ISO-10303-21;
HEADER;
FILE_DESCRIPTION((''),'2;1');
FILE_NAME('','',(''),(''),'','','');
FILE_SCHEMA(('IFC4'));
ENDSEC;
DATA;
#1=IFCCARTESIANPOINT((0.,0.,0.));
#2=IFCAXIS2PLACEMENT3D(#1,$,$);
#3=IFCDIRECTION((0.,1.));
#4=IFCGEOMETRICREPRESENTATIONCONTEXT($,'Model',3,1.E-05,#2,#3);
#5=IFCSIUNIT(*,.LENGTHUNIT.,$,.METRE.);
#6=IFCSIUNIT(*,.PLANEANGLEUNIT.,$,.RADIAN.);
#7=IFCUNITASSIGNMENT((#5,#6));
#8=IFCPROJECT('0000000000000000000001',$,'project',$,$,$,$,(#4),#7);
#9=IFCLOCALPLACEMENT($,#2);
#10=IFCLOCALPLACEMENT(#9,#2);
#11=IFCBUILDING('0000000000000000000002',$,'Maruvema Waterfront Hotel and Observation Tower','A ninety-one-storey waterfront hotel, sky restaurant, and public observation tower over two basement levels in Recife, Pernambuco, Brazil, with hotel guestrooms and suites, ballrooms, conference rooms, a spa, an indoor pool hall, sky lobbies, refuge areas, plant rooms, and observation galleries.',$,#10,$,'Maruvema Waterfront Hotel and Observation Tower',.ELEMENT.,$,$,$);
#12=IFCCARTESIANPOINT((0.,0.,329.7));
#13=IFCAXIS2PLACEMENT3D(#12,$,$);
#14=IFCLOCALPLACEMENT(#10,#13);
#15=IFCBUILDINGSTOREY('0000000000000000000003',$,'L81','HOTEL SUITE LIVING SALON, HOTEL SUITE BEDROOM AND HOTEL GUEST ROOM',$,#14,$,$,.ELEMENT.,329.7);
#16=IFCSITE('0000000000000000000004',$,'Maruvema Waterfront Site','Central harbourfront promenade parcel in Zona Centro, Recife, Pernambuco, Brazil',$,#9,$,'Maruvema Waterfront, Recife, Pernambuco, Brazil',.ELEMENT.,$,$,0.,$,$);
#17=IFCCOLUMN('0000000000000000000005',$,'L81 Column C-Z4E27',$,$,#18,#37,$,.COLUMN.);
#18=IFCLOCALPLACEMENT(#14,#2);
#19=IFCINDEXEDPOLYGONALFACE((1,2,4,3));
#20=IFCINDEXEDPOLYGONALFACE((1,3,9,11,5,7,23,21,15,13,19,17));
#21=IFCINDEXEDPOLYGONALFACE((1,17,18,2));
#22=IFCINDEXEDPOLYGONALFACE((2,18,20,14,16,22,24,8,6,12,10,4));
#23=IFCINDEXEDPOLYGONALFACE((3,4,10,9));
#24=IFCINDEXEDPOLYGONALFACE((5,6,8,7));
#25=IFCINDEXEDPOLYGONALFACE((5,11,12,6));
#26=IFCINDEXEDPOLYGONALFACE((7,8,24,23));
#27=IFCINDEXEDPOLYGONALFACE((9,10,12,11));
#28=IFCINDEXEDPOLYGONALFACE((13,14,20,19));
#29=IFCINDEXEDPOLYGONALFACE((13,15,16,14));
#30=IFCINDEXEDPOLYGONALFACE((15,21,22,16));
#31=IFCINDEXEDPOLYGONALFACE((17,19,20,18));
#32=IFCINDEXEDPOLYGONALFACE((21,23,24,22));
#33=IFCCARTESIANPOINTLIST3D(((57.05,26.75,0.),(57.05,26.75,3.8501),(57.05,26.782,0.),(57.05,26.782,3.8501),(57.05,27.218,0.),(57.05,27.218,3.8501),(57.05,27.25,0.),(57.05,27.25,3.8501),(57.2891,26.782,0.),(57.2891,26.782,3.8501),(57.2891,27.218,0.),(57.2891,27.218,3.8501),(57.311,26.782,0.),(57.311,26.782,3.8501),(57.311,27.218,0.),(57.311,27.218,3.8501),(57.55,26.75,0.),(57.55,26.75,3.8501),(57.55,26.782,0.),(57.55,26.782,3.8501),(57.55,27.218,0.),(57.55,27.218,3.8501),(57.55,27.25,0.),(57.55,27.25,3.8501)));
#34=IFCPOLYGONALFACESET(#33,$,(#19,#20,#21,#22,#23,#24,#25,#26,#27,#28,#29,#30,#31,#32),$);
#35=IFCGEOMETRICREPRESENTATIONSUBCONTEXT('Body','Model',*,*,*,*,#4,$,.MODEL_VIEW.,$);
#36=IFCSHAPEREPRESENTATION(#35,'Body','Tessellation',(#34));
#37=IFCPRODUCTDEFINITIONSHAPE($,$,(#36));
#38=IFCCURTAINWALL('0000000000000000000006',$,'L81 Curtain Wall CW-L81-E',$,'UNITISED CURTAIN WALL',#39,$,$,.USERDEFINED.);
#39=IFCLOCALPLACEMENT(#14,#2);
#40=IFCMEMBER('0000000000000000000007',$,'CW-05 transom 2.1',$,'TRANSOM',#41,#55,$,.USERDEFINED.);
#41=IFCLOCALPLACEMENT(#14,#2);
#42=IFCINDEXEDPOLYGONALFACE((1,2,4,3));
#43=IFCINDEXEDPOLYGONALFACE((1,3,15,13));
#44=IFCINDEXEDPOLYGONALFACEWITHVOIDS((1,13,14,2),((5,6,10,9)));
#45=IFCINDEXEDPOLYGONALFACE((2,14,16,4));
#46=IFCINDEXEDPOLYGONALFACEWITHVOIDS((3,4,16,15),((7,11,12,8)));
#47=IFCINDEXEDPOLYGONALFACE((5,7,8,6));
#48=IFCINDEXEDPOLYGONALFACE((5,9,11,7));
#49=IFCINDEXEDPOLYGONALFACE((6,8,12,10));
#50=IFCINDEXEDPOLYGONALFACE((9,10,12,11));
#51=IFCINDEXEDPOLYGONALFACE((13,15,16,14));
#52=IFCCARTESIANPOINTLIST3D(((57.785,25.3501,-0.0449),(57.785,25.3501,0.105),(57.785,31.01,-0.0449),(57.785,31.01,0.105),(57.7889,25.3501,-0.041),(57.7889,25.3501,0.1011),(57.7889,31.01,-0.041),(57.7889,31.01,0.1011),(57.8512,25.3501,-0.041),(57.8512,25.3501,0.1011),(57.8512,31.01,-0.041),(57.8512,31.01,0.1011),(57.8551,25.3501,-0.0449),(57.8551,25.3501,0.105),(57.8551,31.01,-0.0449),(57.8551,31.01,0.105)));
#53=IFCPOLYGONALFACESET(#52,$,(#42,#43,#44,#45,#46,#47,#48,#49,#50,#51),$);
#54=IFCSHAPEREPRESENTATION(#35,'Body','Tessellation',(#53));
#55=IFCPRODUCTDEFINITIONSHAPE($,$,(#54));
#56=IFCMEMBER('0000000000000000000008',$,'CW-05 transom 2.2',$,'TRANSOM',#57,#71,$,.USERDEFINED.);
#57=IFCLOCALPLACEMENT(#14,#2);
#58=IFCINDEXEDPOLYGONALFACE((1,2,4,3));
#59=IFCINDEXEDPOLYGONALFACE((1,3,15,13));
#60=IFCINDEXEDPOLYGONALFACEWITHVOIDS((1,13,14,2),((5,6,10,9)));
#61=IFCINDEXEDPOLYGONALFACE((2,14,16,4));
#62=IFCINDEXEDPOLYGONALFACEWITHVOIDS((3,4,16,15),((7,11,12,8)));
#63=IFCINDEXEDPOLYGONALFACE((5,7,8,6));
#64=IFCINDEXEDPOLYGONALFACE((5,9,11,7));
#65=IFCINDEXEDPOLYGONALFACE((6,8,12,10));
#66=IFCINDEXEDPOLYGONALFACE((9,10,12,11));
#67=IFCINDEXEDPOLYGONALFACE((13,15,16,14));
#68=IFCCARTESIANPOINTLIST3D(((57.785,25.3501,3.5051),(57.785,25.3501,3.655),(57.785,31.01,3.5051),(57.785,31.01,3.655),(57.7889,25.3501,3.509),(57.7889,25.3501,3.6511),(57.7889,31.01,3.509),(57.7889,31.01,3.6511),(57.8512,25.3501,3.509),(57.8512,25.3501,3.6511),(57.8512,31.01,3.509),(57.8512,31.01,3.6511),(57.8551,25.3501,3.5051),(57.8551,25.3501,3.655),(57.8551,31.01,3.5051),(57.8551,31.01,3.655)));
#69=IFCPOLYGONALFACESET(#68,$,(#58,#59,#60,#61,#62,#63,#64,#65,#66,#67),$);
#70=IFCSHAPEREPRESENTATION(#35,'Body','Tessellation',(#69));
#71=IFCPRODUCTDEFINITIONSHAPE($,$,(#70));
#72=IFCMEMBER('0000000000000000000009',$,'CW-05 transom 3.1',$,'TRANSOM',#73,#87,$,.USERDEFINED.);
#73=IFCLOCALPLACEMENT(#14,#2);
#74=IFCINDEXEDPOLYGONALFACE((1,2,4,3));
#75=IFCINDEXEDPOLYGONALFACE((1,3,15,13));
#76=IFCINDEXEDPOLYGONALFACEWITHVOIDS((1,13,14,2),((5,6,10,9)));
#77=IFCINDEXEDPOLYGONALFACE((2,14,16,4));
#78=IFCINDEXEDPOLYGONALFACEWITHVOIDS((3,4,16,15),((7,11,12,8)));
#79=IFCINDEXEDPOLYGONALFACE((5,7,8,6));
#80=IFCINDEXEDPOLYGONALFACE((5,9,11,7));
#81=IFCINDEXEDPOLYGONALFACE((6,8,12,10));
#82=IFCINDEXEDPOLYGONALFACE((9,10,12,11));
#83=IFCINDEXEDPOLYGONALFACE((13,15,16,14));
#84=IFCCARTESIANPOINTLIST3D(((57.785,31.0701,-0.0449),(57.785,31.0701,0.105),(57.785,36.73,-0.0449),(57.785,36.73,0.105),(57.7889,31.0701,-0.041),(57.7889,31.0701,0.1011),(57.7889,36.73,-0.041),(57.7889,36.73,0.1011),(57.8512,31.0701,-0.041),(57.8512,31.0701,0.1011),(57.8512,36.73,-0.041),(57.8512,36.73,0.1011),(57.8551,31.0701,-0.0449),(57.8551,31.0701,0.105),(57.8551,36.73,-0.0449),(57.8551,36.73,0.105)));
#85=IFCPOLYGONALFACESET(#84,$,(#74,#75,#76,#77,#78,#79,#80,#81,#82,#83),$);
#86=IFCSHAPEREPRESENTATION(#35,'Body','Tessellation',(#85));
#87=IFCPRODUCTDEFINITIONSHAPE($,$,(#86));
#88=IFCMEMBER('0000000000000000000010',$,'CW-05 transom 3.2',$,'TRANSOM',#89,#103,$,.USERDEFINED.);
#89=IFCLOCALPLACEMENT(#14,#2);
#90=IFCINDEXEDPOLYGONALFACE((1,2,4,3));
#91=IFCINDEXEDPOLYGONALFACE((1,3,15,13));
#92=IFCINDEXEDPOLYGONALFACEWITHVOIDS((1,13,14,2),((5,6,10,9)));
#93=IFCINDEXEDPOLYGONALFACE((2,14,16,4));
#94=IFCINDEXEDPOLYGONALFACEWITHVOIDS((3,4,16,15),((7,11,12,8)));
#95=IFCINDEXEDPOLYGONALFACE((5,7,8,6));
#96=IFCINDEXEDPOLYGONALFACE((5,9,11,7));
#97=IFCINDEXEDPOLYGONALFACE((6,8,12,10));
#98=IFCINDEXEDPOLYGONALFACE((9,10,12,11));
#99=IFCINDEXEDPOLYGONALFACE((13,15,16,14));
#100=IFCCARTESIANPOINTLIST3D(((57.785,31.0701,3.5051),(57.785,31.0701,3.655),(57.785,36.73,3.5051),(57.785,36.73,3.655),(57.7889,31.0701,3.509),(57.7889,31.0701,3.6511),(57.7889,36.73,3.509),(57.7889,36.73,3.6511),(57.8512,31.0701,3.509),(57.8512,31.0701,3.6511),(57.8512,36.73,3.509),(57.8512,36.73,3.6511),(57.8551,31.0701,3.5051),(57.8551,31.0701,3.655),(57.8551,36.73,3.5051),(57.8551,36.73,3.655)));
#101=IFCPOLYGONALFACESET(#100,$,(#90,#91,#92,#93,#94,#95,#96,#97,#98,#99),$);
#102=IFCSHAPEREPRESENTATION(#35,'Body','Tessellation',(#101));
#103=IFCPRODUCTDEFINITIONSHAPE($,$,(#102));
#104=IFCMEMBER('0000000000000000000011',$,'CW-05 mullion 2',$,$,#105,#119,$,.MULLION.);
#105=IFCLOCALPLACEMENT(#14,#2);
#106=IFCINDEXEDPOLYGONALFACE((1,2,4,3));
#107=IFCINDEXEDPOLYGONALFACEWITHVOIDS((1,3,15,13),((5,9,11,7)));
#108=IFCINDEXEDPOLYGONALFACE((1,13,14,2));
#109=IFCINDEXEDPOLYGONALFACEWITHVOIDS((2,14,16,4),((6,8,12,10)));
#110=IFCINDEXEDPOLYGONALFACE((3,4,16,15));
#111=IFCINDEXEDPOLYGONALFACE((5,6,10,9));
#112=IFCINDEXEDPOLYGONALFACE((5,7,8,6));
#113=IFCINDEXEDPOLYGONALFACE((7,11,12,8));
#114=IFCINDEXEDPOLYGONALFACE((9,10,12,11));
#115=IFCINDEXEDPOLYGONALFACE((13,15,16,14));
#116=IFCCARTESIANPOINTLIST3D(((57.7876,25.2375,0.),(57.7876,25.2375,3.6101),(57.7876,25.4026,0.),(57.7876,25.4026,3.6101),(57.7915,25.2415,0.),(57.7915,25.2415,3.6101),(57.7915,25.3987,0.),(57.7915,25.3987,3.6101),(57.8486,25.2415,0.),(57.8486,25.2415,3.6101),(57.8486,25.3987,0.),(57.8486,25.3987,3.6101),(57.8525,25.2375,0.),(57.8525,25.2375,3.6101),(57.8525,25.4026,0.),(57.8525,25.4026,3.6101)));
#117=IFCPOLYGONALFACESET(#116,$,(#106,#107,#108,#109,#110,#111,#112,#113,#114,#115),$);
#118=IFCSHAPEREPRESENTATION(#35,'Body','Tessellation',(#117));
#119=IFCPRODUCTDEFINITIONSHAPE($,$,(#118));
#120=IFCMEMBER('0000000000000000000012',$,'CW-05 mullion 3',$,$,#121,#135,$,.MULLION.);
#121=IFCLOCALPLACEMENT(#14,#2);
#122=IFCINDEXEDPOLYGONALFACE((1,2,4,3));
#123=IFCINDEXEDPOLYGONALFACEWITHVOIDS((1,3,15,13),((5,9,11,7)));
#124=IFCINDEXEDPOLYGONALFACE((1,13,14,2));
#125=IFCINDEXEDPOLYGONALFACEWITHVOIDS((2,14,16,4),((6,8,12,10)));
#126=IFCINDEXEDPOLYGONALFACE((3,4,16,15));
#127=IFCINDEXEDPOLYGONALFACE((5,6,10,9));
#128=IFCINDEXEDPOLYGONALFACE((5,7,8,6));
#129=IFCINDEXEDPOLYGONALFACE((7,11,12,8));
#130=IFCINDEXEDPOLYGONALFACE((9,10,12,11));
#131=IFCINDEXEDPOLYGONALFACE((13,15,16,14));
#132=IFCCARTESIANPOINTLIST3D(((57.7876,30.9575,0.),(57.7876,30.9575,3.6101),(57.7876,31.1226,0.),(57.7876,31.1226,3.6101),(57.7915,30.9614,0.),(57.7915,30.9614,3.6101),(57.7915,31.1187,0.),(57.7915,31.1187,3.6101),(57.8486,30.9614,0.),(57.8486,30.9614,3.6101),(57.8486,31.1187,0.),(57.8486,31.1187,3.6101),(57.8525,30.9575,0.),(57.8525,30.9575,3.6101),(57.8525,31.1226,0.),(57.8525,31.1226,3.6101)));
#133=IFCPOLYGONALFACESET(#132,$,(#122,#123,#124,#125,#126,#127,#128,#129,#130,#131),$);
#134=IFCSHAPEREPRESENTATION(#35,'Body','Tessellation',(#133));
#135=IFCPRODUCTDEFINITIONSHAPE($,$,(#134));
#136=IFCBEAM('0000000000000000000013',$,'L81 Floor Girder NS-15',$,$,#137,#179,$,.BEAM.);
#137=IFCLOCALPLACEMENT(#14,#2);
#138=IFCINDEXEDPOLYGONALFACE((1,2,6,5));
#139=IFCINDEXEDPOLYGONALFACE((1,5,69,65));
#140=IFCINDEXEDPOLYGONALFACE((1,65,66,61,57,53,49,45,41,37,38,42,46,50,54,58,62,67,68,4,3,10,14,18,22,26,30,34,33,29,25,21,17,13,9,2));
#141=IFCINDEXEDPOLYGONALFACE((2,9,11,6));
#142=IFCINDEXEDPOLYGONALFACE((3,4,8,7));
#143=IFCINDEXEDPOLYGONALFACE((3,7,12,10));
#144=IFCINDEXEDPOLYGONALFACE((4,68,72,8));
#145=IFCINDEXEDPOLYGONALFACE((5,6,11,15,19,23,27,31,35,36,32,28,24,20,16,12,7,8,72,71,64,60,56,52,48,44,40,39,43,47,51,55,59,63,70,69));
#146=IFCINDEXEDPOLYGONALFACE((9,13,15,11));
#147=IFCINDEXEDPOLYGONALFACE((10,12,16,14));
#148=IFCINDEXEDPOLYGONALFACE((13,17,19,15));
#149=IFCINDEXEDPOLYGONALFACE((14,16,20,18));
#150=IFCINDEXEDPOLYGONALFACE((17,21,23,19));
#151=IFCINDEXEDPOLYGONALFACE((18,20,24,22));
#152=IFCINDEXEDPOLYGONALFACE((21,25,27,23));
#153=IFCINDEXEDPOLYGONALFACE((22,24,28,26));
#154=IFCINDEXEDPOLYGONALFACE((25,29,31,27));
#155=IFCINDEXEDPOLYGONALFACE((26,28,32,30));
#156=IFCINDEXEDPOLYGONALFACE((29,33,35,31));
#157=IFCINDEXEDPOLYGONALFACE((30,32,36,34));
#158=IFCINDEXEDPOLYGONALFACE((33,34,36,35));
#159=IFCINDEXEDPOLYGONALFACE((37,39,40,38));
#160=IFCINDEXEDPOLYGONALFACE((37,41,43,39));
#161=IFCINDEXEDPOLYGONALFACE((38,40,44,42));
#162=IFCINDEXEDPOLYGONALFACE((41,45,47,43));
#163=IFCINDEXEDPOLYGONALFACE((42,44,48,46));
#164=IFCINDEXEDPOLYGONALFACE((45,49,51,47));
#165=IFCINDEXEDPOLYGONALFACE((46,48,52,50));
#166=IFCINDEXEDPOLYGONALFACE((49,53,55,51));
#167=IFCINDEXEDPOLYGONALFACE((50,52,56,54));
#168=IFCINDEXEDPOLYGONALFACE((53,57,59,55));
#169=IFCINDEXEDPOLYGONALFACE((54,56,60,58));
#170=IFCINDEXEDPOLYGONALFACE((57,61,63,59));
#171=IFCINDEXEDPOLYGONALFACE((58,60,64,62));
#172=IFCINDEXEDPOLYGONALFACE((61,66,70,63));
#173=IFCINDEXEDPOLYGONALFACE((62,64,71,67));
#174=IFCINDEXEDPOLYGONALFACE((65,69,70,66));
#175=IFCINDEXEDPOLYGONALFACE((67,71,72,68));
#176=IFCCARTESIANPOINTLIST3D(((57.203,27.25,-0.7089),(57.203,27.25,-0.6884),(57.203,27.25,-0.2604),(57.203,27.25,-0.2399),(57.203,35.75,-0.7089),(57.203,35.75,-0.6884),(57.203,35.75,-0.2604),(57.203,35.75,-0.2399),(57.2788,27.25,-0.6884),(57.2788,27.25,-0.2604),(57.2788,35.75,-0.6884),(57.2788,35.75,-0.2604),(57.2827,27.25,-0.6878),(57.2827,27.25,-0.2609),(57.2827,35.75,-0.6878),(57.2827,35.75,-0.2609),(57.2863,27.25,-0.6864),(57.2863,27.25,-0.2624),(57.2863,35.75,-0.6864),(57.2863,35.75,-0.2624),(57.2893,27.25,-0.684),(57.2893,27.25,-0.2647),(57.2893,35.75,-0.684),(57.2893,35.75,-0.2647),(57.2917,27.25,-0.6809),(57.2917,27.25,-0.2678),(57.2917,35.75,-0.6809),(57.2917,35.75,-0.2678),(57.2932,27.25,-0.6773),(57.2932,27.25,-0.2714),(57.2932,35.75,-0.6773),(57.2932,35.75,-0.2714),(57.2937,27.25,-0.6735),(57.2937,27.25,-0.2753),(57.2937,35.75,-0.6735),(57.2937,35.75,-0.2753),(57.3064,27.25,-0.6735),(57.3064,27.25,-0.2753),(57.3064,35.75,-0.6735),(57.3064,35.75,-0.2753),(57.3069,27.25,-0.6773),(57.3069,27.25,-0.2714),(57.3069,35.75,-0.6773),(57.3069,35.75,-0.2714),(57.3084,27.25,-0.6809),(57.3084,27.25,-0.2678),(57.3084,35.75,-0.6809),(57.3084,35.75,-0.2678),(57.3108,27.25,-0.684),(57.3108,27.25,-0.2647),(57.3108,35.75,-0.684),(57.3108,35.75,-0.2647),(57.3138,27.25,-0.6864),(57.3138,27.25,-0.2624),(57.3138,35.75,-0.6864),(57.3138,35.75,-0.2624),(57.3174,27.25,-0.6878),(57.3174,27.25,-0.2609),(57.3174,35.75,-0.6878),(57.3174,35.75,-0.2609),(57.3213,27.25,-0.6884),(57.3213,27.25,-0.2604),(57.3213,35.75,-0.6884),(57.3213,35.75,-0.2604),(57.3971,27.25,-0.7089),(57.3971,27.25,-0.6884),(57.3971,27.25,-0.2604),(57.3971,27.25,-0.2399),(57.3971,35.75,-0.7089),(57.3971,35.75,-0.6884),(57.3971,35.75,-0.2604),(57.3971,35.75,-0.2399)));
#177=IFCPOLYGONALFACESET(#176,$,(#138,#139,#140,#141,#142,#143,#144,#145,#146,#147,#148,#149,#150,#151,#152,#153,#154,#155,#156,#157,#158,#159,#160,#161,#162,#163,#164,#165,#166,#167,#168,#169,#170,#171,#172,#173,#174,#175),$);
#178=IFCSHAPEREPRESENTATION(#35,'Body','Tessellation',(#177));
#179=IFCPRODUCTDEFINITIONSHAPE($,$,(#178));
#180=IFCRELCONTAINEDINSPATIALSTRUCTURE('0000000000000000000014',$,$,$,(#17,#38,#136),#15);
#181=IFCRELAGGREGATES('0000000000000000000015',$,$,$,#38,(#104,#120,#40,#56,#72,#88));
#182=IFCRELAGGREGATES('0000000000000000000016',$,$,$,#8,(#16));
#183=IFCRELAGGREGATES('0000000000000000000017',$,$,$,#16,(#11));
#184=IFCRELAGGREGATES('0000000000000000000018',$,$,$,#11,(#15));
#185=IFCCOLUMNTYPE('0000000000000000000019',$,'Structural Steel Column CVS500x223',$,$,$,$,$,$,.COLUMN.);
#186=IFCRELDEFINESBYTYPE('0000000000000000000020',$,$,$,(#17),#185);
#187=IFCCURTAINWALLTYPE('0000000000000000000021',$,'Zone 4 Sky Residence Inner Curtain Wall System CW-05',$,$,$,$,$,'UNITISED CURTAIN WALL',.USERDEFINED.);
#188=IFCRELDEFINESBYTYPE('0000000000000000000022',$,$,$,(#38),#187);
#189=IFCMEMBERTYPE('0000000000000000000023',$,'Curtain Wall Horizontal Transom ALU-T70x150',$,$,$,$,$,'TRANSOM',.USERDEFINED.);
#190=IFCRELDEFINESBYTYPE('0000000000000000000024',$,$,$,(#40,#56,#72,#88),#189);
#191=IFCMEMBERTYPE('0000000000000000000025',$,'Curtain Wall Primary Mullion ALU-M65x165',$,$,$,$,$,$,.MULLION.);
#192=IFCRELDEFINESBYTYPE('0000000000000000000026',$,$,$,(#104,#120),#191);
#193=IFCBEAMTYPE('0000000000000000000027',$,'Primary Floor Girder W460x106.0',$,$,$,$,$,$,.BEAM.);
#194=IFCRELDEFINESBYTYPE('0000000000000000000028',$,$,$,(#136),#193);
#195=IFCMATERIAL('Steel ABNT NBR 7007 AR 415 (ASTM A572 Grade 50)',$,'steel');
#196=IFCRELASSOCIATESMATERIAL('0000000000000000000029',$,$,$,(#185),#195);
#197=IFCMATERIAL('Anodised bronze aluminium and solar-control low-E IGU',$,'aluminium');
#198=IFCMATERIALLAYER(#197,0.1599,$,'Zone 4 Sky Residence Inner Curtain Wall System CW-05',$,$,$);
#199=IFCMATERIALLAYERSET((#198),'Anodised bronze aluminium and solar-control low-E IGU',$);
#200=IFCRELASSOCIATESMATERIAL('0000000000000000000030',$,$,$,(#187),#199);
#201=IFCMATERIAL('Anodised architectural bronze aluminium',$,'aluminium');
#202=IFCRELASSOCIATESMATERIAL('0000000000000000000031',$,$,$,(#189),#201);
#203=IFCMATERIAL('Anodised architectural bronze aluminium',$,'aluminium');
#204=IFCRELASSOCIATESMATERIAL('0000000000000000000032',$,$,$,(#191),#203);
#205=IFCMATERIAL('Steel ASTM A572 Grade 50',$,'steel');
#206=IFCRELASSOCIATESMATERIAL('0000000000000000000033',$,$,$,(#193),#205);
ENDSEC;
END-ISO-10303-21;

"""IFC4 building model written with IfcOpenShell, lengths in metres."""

from ifc_helpers import new_model, si_unit, direction, frame, origin, origin_2d, place, context, subcontext, project, spatial, hollow_rectangle, i_section, extrude, material, layer, layer_set, material_profile, profile_set, type_object, element, aggregate, save


model = new_model("IFC4")

# Units and contexts
model_context = context("Model", 3, precision=1e-05, world=origin(), true_north=direction((0.0, 1.0)))
body_context = subcontext(model_context, "Body", "Model", "MODEL_VIEW")
ifc_project = project(units=[si_unit("LENGTHUNIT", "METRE"), si_unit("PLANEANGLEUNIT", "RADIAN")], contexts=[model_context])

# Site, building, storey
site_placement = place(None, origin())
site = spatial("IfcSite", under=ifc_project, at=site_placement, Name="Maruvema Waterfront Site", Description="Central harbourfront promenade parcel in Zona Centro, Recife, Pernambuco, Brazil", LongName="Maruvema Waterfront, Recife, Pernambuco, Brazil", CompositionType="ELEMENT", RefElevation=0.0)
building_placement = place(site_placement, origin())
building = spatial("IfcBuilding", under=site, at=building_placement, Name="Maruvema Waterfront Hotel and Observation Tower", Description="A ninety-one-storey waterfront hotel, sky restaurant, and public observation tower over two basement levels in Recife, Pernambuco, Brazil, with hotel guestrooms and suites, ballrooms, conference rooms, a spa, an indoor pool hall, sky lobbies, refuge areas, plant rooms, and observation galleries.", LongName="Maruvema Waterfront Hotel and Observation Tower", CompositionType="ELEMENT")
storey_placement = place(building_placement, frame((0.0, 0.0, 329.7)))
storey = spatial("IfcBuildingStorey", under=building, at=storey_placement, Name="L81", Description="HOTEL SUITE LIVING SALON, HOTEL SUITE BEDROOM AND HOTEL GUEST ROOM", CompositionType="ELEMENT", Elevation=329.7)

# Column
ifc_material_1 = material(Name="Steel ABNT NBR 7007 AR 415 (ASTM A572 Grade 50)", Category="steel")
ifc_material_profile_1 = material_profile(ifc_material_1, i_section(OverallWidth=0.5, OverallDepth=0.5, WebThickness=0.022, FlangeThickness=0.032, at=origin_2d()), Name="CVS500x223")
ifc_profile_set_1 = profile_set([ifc_material_profile_1], Name="Steel ABNT NBR 7007 AR 415 (ASTM A572 Grade 50)")
column_type = type_object("IfcColumnType", Name="Structural Steel Column CVS500x223", PredefinedType="COLUMN", material=ifc_profile_set_1)
column_placement = place(storey_placement, frame((57.3, 27.0, 0.0), z_axis=(0.0, 0.0, 1.0), x_axis=(1.0, 0.0, 0.0)))
element("IfcColumn", 1, at=column_placement, inside=storey, type_object=column_type, Name="L81 Column C-Z4E27", PredefinedType="COLUMN", context=body_context, shape_type="SweptSolid", body=[
    extrude(i_section(OverallWidth=0.5, OverallDepth=0.5, WebThickness=0.022, FlangeThickness=0.032, at=origin_2d()), origin(), (0.0, 0.0, 1.0), 3.8501),
])

# Curtain wall, members
ifc_material_2 = material(Name="Anodised bronze aluminium and solar-control low-E IGU", Category="aluminium")
ifc_layer_1 = layer(ifc_material_2, 0.1599, Name="Zone 4 Sky Residence Inner Curtain Wall System CW-05")
ifc_layer_set_1 = layer_set([ifc_layer_1], Name="Anodised bronze aluminium and solar-control low-E IGU")
curtain_wall_type = type_object("IfcCurtainWallType", Name="Zone 4 Sky Residence Inner Curtain Wall System CW-05", ElementType="UNITISED CURTAIN WALL", PredefinedType="USERDEFINED", material=ifc_layer_set_1)
curtain_wall_placement = place(storey_placement, origin())
curtain_wall = element("IfcCurtainWall", 2, at=curtain_wall_placement, inside=storey, type_object=curtain_wall_type, Name="L81 Curtain Wall CW-L81-E", ObjectType="UNITISED CURTAIN WALL", PredefinedType="USERDEFINED")
ifc_material_3 = material(Name="Anodised architectural bronze aluminium", Category="aluminium")
ifc_material_profile_2 = material_profile(ifc_material_3, hollow_rectangle(XDim=0.0701, YDim=0.1499, WallThickness=0.0039, at=origin_2d()), Name="ALU-T70x150")
ifc_profile_set_2 = profile_set([ifc_material_profile_2], Name="Anodised architectural bronze aluminium")
member_type_1 = type_object("IfcMemberType", Name="Curtain Wall Horizontal Transom ALU-T70x150", ElementType="TRANSOM", PredefinedType="USERDEFINED", material=ifc_profile_set_2)
member_1_placement = place(storey_placement, frame((57.8201, 25.3501, 0.03), z_axis=(0.0, 1.0, 0.0), x_axis=(-1.0, 0.0, 0.0)))
member_1 = element("IfcMember", 3, at=member_1_placement, type_object=member_type_1, Name="CW-05 transom 2.1", ObjectType="TRANSOM", PredefinedType="USERDEFINED", context=body_context, shape_type="SweptSolid", body=[
    extrude(hollow_rectangle(XDim=0.0701, YDim=0.1499, WallThickness=0.0039, at=origin_2d()), origin(), (0.0, 0.0, 1.0), 5.6599),
])
member_2_placement = place(storey_placement, frame((57.8201, 25.3501, 3.5801), z_axis=(0.0, 1.0, 0.0), x_axis=(-1.0, 0.0, 0.0)))
member_2 = element("IfcMember", 4, at=member_2_placement, type_object=member_type_1, Name="CW-05 transom 2.2", ObjectType="TRANSOM", PredefinedType="USERDEFINED", context=body_context, shape_type="SweptSolid", body=[
    extrude(hollow_rectangle(XDim=0.0701, YDim=0.1499, WallThickness=0.0039, at=origin_2d()), origin(), (0.0, 0.0, 1.0), 5.6599),
])
member_3_placement = place(storey_placement, frame((57.8201, 31.0701, 0.03), z_axis=(0.0, 1.0, 0.0), x_axis=(-1.0, 0.0, 0.0)))
member_3 = element("IfcMember", 5, at=member_3_placement, type_object=member_type_1, Name="CW-05 transom 3.1", ObjectType="TRANSOM", PredefinedType="USERDEFINED", context=body_context, shape_type="SweptSolid", body=[
    extrude(hollow_rectangle(XDim=0.0701, YDim=0.1499, WallThickness=0.0039, at=origin_2d()), origin(), (0.0, 0.0, 1.0), 5.6599),
])
member_4_placement = place(storey_placement, frame((57.8201, 31.0701, 3.5801), z_axis=(0.0, 1.0, 0.0), x_axis=(-1.0, 0.0, 0.0)))
member_4 = element("IfcMember", 6, at=member_4_placement, type_object=member_type_1, Name="CW-05 transom 3.2", ObjectType="TRANSOM", PredefinedType="USERDEFINED", context=body_context, shape_type="SweptSolid", body=[
    extrude(hollow_rectangle(XDim=0.0701, YDim=0.1499, WallThickness=0.0039, at=origin_2d()), origin(), (0.0, 0.0, 1.0), 5.6599),
])
ifc_material_4 = material(Name="Anodised architectural bronze aluminium", Category="aluminium")
ifc_material_profile_3 = material_profile(ifc_material_4, hollow_rectangle(XDim=0.0649, YDim=0.165, WallThickness=0.0039, at=origin_2d()), Name="ALU-M65x165")
ifc_profile_set_3 = profile_set([ifc_material_profile_3], Name="Anodised architectural bronze aluminium")
member_type_2 = type_object("IfcMemberType", Name="Curtain Wall Primary Mullion ALU-M65x165", PredefinedType="MULLION", material=ifc_profile_set_3)
member_5_placement = place(storey_placement, frame((57.8201, 25.3201, 0.0), z_axis=(0.0, 0.0, 1.0), x_axis=(-1.0, 0.0, 0.0)))
member_5 = element("IfcMember", 7, at=member_5_placement, type_object=member_type_2, Name="CW-05 mullion 2", PredefinedType="MULLION", context=body_context, shape_type="SweptSolid", body=[
    extrude(hollow_rectangle(XDim=0.0649, YDim=0.165, WallThickness=0.0039, at=origin_2d()), origin(), (0.0, 0.0, 1.0), 3.6101),
])
member_6_placement = place(storey_placement, frame((57.8201, 31.04, 0.0), z_axis=(0.0, 0.0, 1.0), x_axis=(-1.0, 0.0, 0.0)))
member_6 = element("IfcMember", 8, at=member_6_placement, type_object=member_type_2, Name="CW-05 mullion 3", PredefinedType="MULLION", context=body_context, shape_type="SweptSolid", body=[
    extrude(hollow_rectangle(XDim=0.0649, YDim=0.165, WallThickness=0.0039, at=origin_2d()), origin(), (0.0, 0.0, 1.0), 3.6101),
])

# Beam
ifc_material_5 = material(Name="Steel ASTM A572 Grade 50", Category="steel")
ifc_material_profile_4 = material_profile(ifc_material_5, i_section(OverallWidth=0.1941, OverallDepth=0.469, WebThickness=0.0127, FlangeThickness=0.0205, FilletRadius=0.0149, at=origin_2d()), Name="W460x106.0")
ifc_profile_set_4 = profile_set([ifc_material_profile_4], Name="Steel ASTM A572 Grade 50")
beam_type_1 = type_object("IfcBeamType", Name="Primary Floor Girder W460x106.0", PredefinedType="BEAM", material=ifc_profile_set_4)
beam_1_placement = place(storey_placement, frame((57.3, 27.25, -0.4744), z_axis=(0.0, 1.0, 0.0), x_axis=(-1.0, 0.0, 0.0)))
element("IfcBeam", 9, at=beam_1_placement, inside=storey, type_object=beam_type_1, Name="L81 Floor Girder NS-15", PredefinedType="BEAM", context=body_context, shape_type="SweptSolid", body=[
    extrude(i_section(OverallWidth=0.1941, OverallDepth=0.469, WebThickness=0.0127, FlangeThickness=0.0205, FilletRadius=0.0149, at=origin_2d()), origin(), (0.0, 0.0, 1.0), 8.5),
])

aggregate(curtain_wall, [member_5, member_6, member_1, member_2, member_3, member_4])

save(model, "model.ifc")
